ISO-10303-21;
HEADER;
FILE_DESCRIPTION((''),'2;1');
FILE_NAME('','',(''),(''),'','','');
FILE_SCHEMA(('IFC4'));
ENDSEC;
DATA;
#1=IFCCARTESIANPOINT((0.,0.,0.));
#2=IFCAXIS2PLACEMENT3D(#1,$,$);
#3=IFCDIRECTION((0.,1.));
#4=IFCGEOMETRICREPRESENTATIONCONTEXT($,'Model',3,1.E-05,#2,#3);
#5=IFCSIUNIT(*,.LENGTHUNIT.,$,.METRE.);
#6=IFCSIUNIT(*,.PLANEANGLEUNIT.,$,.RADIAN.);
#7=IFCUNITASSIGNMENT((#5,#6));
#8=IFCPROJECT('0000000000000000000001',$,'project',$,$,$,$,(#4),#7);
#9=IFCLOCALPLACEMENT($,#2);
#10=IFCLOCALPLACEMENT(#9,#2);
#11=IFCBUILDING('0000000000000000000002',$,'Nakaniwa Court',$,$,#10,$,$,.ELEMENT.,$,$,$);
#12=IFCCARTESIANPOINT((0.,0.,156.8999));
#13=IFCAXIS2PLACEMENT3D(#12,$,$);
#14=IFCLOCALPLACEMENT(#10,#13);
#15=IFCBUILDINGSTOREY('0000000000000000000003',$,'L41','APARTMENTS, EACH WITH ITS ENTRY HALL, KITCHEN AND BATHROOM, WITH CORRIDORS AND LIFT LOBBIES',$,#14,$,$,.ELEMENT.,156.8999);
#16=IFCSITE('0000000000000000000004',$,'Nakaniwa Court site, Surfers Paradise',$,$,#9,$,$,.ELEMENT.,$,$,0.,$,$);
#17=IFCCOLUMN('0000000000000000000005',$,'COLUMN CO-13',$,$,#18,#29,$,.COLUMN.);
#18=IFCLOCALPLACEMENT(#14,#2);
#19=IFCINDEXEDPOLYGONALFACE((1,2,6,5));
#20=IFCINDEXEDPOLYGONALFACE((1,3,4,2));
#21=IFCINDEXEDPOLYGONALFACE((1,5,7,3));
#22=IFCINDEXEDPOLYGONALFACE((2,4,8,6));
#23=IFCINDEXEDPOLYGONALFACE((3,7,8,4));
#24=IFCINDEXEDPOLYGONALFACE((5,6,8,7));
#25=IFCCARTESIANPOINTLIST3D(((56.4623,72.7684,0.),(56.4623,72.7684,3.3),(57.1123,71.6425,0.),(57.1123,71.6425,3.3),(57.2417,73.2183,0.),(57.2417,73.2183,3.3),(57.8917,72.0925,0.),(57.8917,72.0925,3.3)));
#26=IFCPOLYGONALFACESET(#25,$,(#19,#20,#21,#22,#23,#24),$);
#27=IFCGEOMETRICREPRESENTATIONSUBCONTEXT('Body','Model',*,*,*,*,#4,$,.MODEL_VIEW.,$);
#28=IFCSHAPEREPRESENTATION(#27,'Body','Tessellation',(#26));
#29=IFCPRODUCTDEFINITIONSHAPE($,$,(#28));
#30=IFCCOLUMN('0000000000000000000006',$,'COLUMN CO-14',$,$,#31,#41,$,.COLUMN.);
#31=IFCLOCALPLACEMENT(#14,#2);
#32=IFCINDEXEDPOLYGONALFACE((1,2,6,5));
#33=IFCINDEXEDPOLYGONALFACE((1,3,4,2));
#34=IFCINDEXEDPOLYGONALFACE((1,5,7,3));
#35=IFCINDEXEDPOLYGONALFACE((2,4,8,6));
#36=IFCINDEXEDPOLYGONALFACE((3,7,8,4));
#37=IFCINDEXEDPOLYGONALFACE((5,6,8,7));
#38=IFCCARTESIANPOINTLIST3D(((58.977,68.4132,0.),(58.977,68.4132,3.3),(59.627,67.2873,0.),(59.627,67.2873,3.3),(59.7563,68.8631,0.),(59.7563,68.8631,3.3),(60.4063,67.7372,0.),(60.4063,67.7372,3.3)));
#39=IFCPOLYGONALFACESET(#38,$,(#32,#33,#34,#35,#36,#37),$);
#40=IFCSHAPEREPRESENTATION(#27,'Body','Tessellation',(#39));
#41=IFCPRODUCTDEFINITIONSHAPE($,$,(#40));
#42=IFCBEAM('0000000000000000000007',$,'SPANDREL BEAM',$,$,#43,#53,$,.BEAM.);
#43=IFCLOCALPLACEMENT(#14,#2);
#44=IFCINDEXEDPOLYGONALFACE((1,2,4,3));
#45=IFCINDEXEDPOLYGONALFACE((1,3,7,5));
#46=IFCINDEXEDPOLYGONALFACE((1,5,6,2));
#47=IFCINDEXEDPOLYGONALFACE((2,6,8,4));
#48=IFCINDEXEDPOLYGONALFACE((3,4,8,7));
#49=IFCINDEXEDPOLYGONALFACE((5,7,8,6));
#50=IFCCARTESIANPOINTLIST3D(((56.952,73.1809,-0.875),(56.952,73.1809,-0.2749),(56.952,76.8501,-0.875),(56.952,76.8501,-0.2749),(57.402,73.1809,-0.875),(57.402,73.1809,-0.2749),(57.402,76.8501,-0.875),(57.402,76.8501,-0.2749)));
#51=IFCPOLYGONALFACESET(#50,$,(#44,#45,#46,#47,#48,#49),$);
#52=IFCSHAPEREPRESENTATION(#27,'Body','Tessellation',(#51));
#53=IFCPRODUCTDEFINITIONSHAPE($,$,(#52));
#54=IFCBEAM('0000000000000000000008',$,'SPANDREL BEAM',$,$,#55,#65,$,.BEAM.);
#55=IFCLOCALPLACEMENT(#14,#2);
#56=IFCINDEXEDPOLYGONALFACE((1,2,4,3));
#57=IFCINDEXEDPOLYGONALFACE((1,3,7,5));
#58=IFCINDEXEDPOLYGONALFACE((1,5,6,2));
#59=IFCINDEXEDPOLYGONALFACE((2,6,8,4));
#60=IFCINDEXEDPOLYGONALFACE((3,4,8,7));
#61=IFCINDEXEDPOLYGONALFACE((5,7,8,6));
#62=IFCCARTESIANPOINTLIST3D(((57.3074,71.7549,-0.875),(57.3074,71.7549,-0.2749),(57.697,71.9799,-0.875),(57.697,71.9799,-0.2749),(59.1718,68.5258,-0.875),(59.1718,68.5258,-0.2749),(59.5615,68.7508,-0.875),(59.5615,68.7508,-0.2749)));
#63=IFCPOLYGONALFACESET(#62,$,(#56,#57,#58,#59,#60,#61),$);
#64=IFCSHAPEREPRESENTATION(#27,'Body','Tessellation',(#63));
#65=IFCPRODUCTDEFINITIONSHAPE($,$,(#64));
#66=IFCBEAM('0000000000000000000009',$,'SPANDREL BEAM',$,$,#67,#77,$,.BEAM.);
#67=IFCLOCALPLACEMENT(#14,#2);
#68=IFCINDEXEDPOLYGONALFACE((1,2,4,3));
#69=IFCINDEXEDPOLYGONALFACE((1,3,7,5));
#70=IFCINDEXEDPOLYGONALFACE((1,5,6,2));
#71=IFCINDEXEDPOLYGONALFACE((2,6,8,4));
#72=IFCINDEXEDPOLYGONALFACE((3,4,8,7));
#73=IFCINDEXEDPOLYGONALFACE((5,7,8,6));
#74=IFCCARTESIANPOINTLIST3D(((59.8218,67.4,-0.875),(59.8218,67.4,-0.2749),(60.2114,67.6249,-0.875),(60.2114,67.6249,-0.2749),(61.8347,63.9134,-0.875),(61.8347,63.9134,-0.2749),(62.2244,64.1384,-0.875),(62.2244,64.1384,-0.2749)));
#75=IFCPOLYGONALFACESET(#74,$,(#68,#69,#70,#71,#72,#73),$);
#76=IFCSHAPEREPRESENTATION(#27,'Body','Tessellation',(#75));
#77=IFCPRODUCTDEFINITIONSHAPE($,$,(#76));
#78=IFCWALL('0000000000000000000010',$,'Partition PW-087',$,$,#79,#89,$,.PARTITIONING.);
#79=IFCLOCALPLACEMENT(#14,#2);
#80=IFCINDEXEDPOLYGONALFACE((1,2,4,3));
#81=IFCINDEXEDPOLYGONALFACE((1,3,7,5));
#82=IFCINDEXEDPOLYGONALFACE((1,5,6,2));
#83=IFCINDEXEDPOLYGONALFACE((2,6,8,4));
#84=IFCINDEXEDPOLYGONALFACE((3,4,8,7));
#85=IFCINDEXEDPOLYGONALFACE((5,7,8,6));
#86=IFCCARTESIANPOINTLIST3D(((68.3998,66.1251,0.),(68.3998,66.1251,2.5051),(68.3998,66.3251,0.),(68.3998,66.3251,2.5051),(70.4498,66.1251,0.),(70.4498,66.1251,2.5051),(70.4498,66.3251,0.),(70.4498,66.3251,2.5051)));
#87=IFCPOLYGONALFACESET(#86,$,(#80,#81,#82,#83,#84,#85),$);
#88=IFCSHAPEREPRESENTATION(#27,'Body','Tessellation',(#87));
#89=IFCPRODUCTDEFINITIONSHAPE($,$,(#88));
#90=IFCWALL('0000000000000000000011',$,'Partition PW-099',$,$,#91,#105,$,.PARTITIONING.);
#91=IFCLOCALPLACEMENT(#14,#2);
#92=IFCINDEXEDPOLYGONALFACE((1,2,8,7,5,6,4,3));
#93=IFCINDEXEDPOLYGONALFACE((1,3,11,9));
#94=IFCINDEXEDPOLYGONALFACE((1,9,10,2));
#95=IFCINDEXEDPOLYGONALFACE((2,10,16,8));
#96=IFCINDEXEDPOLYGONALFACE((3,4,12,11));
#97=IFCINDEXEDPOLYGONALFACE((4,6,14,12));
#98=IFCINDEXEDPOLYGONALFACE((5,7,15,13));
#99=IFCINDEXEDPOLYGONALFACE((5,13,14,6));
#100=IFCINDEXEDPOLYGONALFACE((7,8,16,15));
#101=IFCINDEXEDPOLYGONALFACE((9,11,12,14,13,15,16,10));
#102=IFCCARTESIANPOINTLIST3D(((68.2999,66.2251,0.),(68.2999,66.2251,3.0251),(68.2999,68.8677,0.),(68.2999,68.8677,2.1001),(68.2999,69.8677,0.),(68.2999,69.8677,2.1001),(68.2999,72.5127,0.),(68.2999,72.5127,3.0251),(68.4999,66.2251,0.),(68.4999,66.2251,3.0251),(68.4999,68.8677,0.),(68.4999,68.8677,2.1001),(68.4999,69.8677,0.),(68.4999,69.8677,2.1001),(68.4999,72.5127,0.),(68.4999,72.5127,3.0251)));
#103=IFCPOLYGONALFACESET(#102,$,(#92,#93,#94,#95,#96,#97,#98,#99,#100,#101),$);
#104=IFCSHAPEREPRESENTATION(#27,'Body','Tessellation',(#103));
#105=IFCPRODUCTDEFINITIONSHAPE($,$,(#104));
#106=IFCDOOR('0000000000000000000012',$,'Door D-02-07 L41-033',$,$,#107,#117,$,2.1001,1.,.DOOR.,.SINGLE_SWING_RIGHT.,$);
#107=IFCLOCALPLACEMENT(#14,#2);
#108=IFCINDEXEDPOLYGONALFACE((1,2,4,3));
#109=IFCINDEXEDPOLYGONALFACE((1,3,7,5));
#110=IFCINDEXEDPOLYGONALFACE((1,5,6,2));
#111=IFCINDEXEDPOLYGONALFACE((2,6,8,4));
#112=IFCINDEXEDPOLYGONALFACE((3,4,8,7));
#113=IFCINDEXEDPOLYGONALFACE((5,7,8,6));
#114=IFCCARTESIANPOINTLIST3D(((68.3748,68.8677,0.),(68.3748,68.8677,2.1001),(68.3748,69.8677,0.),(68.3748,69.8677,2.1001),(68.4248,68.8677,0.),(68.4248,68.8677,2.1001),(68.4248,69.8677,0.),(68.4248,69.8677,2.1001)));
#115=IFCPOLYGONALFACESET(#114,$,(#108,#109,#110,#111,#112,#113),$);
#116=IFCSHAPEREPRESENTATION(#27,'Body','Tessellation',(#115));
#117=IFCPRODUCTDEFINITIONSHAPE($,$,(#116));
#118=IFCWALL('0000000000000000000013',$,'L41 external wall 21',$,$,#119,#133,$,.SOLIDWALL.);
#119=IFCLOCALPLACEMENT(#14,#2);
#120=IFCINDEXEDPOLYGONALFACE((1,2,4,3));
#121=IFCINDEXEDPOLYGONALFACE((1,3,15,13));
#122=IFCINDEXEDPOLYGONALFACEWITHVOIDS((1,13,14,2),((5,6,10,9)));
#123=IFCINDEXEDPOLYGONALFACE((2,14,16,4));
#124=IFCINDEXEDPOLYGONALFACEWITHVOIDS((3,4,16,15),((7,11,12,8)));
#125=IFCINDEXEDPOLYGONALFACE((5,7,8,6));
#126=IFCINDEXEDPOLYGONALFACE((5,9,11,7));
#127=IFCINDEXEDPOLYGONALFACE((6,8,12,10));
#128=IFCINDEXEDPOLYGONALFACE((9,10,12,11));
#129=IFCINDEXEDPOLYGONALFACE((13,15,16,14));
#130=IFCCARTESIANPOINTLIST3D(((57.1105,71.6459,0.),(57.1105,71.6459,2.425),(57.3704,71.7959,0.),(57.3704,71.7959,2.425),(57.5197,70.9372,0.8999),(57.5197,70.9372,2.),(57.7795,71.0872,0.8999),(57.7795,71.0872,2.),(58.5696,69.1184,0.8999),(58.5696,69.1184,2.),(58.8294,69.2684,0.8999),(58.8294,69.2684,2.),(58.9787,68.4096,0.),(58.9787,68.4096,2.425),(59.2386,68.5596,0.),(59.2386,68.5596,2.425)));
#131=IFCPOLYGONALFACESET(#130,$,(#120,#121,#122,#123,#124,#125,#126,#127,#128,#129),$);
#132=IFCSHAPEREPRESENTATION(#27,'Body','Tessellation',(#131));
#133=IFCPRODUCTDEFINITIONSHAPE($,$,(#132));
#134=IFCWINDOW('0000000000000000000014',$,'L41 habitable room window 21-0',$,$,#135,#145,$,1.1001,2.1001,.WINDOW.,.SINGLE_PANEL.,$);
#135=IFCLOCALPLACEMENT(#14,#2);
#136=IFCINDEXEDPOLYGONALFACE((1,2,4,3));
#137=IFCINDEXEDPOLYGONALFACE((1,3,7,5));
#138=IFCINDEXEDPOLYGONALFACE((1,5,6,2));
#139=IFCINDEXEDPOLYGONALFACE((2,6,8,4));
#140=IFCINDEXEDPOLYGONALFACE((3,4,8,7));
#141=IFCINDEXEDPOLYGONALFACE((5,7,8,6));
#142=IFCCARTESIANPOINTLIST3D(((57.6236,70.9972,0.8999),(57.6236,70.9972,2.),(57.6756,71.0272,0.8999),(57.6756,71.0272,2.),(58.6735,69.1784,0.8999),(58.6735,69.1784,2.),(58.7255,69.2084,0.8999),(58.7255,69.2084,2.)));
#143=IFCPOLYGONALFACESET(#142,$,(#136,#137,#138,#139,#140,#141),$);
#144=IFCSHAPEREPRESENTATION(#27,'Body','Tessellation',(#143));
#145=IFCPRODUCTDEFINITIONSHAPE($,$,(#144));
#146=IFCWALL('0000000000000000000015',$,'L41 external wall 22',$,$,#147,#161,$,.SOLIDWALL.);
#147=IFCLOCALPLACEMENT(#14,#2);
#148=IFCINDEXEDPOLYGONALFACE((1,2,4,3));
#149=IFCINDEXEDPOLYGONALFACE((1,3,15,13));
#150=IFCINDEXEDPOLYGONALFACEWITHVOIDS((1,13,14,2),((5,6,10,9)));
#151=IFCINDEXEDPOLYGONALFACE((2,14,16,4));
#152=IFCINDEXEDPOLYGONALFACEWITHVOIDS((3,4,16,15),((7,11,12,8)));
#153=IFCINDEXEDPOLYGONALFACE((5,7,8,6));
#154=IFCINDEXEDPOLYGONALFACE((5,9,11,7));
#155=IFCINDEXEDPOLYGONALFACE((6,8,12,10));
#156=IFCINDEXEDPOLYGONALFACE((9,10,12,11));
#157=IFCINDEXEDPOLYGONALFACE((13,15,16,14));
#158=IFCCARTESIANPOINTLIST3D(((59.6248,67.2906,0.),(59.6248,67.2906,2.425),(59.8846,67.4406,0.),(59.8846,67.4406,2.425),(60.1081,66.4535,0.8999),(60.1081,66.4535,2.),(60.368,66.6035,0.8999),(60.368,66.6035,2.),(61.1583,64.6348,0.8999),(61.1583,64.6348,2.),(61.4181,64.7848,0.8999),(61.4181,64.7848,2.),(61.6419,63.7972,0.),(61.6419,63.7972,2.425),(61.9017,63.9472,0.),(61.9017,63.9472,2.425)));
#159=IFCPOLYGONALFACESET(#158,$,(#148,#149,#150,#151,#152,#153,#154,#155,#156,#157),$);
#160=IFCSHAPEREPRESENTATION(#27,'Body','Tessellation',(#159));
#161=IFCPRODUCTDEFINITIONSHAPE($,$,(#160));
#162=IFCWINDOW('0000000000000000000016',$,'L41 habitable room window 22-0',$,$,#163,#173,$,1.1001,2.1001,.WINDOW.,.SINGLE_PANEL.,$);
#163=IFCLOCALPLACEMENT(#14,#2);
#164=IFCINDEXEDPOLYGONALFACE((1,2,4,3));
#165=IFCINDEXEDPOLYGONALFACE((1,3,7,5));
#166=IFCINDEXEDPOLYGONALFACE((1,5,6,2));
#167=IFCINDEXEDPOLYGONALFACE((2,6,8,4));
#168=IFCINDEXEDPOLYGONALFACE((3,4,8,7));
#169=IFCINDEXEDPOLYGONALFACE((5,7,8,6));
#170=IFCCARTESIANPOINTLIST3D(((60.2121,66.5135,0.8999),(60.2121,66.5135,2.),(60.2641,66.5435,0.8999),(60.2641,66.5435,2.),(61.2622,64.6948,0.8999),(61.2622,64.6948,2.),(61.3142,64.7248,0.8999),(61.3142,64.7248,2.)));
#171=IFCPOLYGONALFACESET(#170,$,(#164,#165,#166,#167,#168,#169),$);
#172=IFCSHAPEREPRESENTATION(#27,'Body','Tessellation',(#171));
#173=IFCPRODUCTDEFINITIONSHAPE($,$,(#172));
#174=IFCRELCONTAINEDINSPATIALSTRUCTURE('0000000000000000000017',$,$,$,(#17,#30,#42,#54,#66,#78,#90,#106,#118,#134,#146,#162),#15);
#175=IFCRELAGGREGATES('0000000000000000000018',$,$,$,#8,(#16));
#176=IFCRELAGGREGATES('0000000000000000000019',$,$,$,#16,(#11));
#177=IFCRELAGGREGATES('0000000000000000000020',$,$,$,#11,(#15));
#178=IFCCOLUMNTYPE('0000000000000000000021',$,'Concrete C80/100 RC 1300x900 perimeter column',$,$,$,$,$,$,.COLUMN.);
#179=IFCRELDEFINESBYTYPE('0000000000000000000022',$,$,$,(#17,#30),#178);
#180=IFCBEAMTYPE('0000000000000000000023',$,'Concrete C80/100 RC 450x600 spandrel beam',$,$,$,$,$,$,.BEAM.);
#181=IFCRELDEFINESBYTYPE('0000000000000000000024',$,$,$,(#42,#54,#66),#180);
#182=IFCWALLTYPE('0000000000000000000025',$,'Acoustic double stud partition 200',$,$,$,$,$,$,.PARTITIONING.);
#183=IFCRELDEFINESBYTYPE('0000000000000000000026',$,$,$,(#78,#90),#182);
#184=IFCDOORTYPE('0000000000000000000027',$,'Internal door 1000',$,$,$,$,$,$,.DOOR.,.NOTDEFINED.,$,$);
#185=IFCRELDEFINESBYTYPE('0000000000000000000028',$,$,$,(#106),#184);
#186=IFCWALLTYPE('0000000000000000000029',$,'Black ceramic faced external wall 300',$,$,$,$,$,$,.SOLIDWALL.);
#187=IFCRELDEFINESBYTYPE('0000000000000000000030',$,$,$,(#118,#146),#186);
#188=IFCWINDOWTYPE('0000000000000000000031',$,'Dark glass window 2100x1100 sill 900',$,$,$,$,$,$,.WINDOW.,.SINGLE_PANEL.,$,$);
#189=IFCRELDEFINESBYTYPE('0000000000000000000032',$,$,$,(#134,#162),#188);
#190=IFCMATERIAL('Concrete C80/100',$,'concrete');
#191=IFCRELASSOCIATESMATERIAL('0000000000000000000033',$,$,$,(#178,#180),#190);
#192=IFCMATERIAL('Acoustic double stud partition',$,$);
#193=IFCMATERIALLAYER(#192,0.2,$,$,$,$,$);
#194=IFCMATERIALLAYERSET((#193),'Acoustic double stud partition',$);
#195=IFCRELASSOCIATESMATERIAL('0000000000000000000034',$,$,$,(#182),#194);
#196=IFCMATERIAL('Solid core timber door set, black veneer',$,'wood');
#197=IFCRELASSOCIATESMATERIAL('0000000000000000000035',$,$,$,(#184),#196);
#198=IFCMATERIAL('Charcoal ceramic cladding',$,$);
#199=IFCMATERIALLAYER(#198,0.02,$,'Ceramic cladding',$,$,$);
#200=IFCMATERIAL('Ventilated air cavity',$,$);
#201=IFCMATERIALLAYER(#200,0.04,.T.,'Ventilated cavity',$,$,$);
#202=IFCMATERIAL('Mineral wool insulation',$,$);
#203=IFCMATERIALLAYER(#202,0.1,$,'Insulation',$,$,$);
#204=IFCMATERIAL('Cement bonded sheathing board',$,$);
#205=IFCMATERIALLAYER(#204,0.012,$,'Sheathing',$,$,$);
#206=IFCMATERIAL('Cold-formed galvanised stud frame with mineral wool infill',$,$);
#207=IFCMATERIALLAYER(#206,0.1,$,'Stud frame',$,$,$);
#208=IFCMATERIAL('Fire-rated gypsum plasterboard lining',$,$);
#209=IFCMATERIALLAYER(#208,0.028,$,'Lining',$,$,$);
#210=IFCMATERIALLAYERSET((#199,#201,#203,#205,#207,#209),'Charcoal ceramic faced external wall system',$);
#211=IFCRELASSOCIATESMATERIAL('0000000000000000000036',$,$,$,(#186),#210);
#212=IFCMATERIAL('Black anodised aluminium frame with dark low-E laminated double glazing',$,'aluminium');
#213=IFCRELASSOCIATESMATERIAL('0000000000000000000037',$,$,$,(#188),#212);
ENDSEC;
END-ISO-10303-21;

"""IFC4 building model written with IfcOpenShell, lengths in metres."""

from ifc_helpers import new_model, si_unit, direction, frame, frame_2d, origin, origin_2d, place, context, subcontext, project, spatial, rectangle, extrude, material, layer, layer_set, material_profile, profile_set, type_object, element, fill, save


model = new_model("IFC4")

# Units and contexts
model_context = context("Model", 3, precision=1e-05, world=origin(), true_north=direction((0.0, 1.0)))
body_context = subcontext(model_context, "Body", "Model", "MODEL_VIEW")
ifc_project = project(units=[si_unit("LENGTHUNIT", "METRE"), si_unit("PLANEANGLEUNIT", "RADIAN")], contexts=[model_context])

# Site, building, storey
site_placement = place(None, origin())
site = spatial("IfcSite", under=ifc_project, at=site_placement, Name="Nakaniwa Court site, Surfers Paradise", CompositionType="ELEMENT", RefElevation=0.0)
building_placement = place(site_placement, origin())
building = spatial("IfcBuilding", under=site, at=building_placement, Name="Nakaniwa Court", CompositionType="ELEMENT")
storey_placement = place(building_placement, frame((0.0, 0.0, 156.8999)))
storey = spatial("IfcBuildingStorey", under=building, at=storey_placement, Name="L41", Description="APARTMENTS, EACH WITH ITS ENTRY HALL, KITCHEN AND BATHROOM, WITH CORRIDORS AND LIFT LOBBIES", CompositionType="ELEMENT", Elevation=156.8999)

# Columns
ifc_material_1 = material(Name="Concrete C80/100", Category="concrete")
ifc_material_profile_1 = material_profile(ifc_material_1, rectangle(XDim=1.3, YDim=0.8999, at=origin_2d()), Name="Concrete C80/100 RC 1300x900 perimeter column")
ifc_profile_set_1 = profile_set([ifc_material_profile_1], Name="Concrete C80/100")
column_type = type_object("IfcColumnType", Name="Concrete C80/100 RC 1300x900 perimeter column", PredefinedType="COLUMN", material=ifc_profile_set_1)
for number, where, z_axis, x_axis, name in (
    (1, (57.177, 72.4304, 0.0), (0.0, 0.0, 1.0), (0.5, -0.866025, 0.0), "COLUMN CO-13"),
    (2, (59.6917, 68.0752, 0.0), (0.0, 0.0, 1.0), (0.5, -0.866025, 0.0), "COLUMN CO-14"),
):
    element("IfcColumn", number, at=place(storey_placement, frame(where, z_axis=z_axis, x_axis=x_axis)), inside=storey, type_object=column_type, Name=name, PredefinedType="COLUMN", context=body_context, shape_type="SweptSolid", body=[
        extrude(rectangle(XDim=1.3, YDim=0.8999, at=origin_2d()), origin(), (0.0, 0.0, 1.0), 3.3),
    ])

# Beams
ifc_material_profile_2 = material_profile(ifc_material_1, rectangle(XDim=0.45, YDim=0.6001, at=origin_2d()), Name="Concrete C80/100 RC 450x600 spandrel beam")
ifc_profile_set_2 = profile_set([ifc_material_profile_2], Name="Concrete C80/100")
beam_type = type_object("IfcBeamType", Name="Concrete C80/100 RC 450x600 spandrel beam", PredefinedType="BEAM", material=ifc_profile_set_2)
beam_1_placement = place(storey_placement, frame((57.177, 76.8501, -0.575), z_axis=(0.0, -1.0, 0.0), x_axis=(1.0, 0.0, 0.0)))
element("IfcBeam", 3, at=beam_1_placement, inside=storey, type_object=beam_type, Name="SPANDREL BEAM", PredefinedType="BEAM", context=body_context, shape_type="SweptSolid", body=[
    extrude(rectangle(XDim=0.45, YDim=0.6001, at=origin_2d()), origin(), (0.0, 0.0, 1.0), 3.6692),
])
beam_2_placement = place(storey_placement, frame((57.5022, 71.8674, -0.575), z_axis=(0.500019, -0.866014, 0.0), x_axis=(0.866014, 0.500019, 0.0)))
element("IfcBeam", 4, at=beam_2_placement, inside=storey, type_object=beam_type, Name="SPANDREL BEAM", PredefinedType="BEAM", context=body_context, shape_type="SweptSolid", body=[
    extrude(rectangle(XDim=0.45, YDim=0.6001, at=origin_2d()), origin(), (0.0, 0.0, 1.0), 3.7288),
])
beam_3_placement = place(storey_placement, frame((60.0166, 67.5125, -0.575), z_axis=(0.499994, -0.866029, 0.0), x_axis=(0.866029, 0.499994, 0.0)))
element("IfcBeam", 5, at=beam_3_placement, inside=storey, type_object=beam_type, Name="SPANDREL BEAM", PredefinedType="BEAM", context=body_context, shape_type="SweptSolid", body=[
    extrude(rectangle(XDim=0.45, YDim=0.6001, at=origin_2d()), origin(), (0.0, 0.0, 1.0), 4.0259),
])

# Wall
ifc_material_2 = material(Name="Acoustic double stud partition")
ifc_layer_1 = layer(ifc_material_2, 0.2)
ifc_layer_set_1 = layer_set([ifc_layer_1], Name="Acoustic double stud partition")
wall_type_1 = type_object("IfcWallType", Name="Acoustic double stud partition 200", PredefinedType="PARTITIONING", material=ifc_layer_set_1)
wall_1_placement = place(storey_placement, frame((68.3999, 66.2251, 0.0), z_axis=(0.0, 0.0, 1.0), x_axis=(1.0, 0.0, 0.0)))
element("IfcWall", 6, at=wall_1_placement, inside=storey, type_object=wall_type_1, Name="Partition PW-087", PredefinedType="PARTITIONING", context=body_context, shape_type="SweptSolid", body=[
    extrude(rectangle(XDim=2.05, YDim=0.2, at=frame_2d((1.0249, 0.0))), origin(), (0.0, 0.0, 1.0), 2.5051),
])

# Wall, opening, door
wall_2_placement = place(storey_placement, frame((68.3999, 72.5127, 0.0), z_axis=(0.0, 0.0, 1.0), x_axis=(0.0, -1.0, 0.0)))
wall_2 = element("IfcWall", 7, at=wall_2_placement, inside=storey, type_object=wall_type_1, Name="Partition PW-099", PredefinedType="PARTITIONING", context=body_context, shape_type="SweptSolid", body=[
    extrude(rectangle(XDim=6.2876, YDim=0.2, at=frame_2d((3.1438, 0.0))), origin(), (0.0, 0.0, 1.0), 3.0251),
])
opening_1_placement = place(wall_2_placement, frame((2.645, 0.0, 0.0)))
opening_1 = element("IfcOpeningElement", 8, at=opening_1_placement, cuts=wall_2, PredefinedType="OPENING", context=body_context, shape_type="SweptSolid", body=[
    extrude(rectangle(XDim=1.0, YDim=2.1001, at=frame_2d((0.5, 1.05))), frame((0.0, 0.1099, 0.0), z_axis=(0.0, -1.0, 0.0), x_axis=(1.0, 0.0, 0.0)), (0.0, 0.0, 1.0), 0.22),
])
ifc_material_3 = material(Name="Solid core timber door set, black veneer", Category="wood")
door_type_1 = type_object("IfcDoorType", Name="Internal door 1000", OperationType="NOTDEFINED", PredefinedType="DOOR", material=ifc_material_3)
door_1_placement = place(opening_1_placement, origin())
door_1 = element("IfcDoor", 9, at=door_1_placement, inside=storey, type_object=door_type_1, Name="Door D-02-07 L41-033", OperationType="SINGLE_SWING_RIGHT", OverallHeight=2.1001, OverallWidth=1.0, PredefinedType="DOOR", context=body_context, shape_type="SweptSolid", body=[
    extrude(rectangle(XDim=1.0, YDim=2.1001, at=frame_2d((0.5, 1.05))), frame((0.0, 0.0249, 0.0), z_axis=(0.0, -1.0, 0.0), x_axis=(1.0, 0.0, 0.0)), (0.0, 0.0, 1.0), 0.05),
])
fill(opening_1, door_1)

# Walls, openings, windows
ifc_material_4 = material(Name="Charcoal ceramic cladding")
ifc_layer_2 = layer(ifc_material_4, 0.02, Name="Ceramic cladding")
ifc_material_5 = material(Name="Ventilated air cavity")
ifc_layer_3 = layer(ifc_material_5, 0.04, ventilated=True, Name="Ventilated cavity")
ifc_material_6 = material(Name="Mineral wool insulation")
ifc_layer_4 = layer(ifc_material_6, 0.1, Name="Insulation")
ifc_material_7 = material(Name="Cement bonded sheathing board")
ifc_layer_5 = layer(ifc_material_7, 0.012, Name="Sheathing")
ifc_material_8 = material(Name="Cold-formed galvanised stud frame with mineral wool infill")
ifc_layer_6 = layer(ifc_material_8, 0.1, Name="Stud frame")
ifc_material_9 = material(Name="Fire-rated gypsum plasterboard lining")
ifc_layer_7 = layer(ifc_material_9, 0.028, Name="Lining")
ifc_layer_set_2 = layer_set([ifc_layer_2, ifc_layer_3, ifc_layer_4, ifc_layer_5, ifc_layer_6, ifc_layer_7], Name="Charcoal ceramic faced external wall system")
wall_type_2 = type_object("IfcWallType", Name="Black ceramic faced external wall 300", PredefinedType="SOLIDWALL", material=ifc_layer_set_2)
wall_3_placement = place(storey_placement, frame((57.2405, 71.7209, 0.0), z_axis=(0.0, 0.0, 1.0), x_axis=(0.499934, -0.866064, 0.0)))
wall_3 = element("IfcWall", 10, at=wall_3_placement, inside=storey, type_object=wall_type_2, Name="L41 external wall 21", PredefinedType="SOLIDWALL", context=body_context, shape_type="SweptSolid", body=[
    extrude(rectangle(XDim=3.7368, YDim=0.3, at=frame_2d((1.8684, 0.0))), origin(), (0.0, 0.0, 1.0), 2.425),
])
opening_2_placement = place(wall_3_placement, frame((0.8184, 0.0, 0.8999)))
opening_2 = element("IfcOpeningElement", 11, at=opening_2_placement, cuts=wall_3, PredefinedType="OPENING", context=body_context, shape_type="SweptSolid", body=[
    extrude(rectangle(XDim=2.1001, YDim=1.1001, at=frame_2d((1.05, 0.55))), frame((0.0, 0.1599, 0.0), z_axis=(0.0, -1.0, 0.0), x_axis=(1.0, 0.0, 0.0)), (0.0, 0.0, 1.0), 0.3201),
])
ifc_material_10 = material(Name="Black anodised aluminium frame with dark low-E laminated double glazing", Category="aluminium")
window_type = type_object("IfcWindowType", Name="Dark glass window 2100x1100 sill 900", PartitioningType="SINGLE_PANEL", PredefinedType="WINDOW", material=ifc_material_10)
window_1_placement = place(opening_2_placement, origin())
window_1 = element("IfcWindow", 12, at=window_1_placement, inside=storey, type_object=window_type, Name="L41 habitable room window 21-0", OverallHeight=1.1001, OverallWidth=2.1001, PartitioningType="SINGLE_PANEL", PredefinedType="WINDOW", context=body_context, shape_type="SweptSolid", body=[
    extrude(rectangle(XDim=2.1001, YDim=1.1001, at=frame_2d((1.05, 0.55))), frame((0.0, 0.03, 0.0), z_axis=(0.0, -1.0, 0.0), x_axis=(1.0, 0.0, 0.0)), (0.0, 0.0, 1.0), 0.0601),
])
fill(opening_2, window_1)
wall_4_placement = place(storey_placement, frame((59.7546, 67.3657, 0.0), z_axis=(0.0, 0.0, 1.0), x_axis=(0.500032, -0.866007, 0.0)))
wall_4 = element("IfcWall", 13, at=wall_4_placement, inside=storey, type_object=wall_type_2, Name="L41 external wall 22", PredefinedType="SOLIDWALL", context=body_context, shape_type="SweptSolid", body=[
    extrude(rectangle(XDim=4.0339, YDim=0.3, at=frame_2d((2.0171, 0.0))), origin(), (0.0, 0.0, 1.0), 2.425),
])
opening_3_placement = place(wall_4_placement, frame((0.9668, 0.0, 0.8999)))
opening_3 = element("IfcOpeningElement", 14, at=opening_3_placement, cuts=wall_4, PredefinedType="OPENING", context=body_context, shape_type="SweptSolid", body=[
    extrude(rectangle(XDim=2.1001, YDim=1.1001, at=frame_2d((1.05, 0.55))), frame((0.0, 0.1599, 0.0), z_axis=(0.0, -1.0, 0.0), x_axis=(1.0, 0.0, 0.0)), (0.0, 0.0, 1.0), 0.3201),
])
window_2_placement = place(opening_3_placement, origin())
window_2 = element("IfcWindow", 15, at=window_2_placement, inside=storey, type_object=window_type, Name="L41 habitable room window 22-0", OverallHeight=1.1001, OverallWidth=2.1001, PartitioningType="SINGLE_PANEL", PredefinedType="WINDOW", context=body_context, shape_type="SweptSolid", body=[
    extrude(rectangle(XDim=2.1001, YDim=1.1001, at=frame_2d((1.05, 0.55))), frame((0.0, 0.03, 0.0), z_axis=(0.0, -1.0, 0.0), x_axis=(1.0, 0.0, 0.0)), (0.0, 0.0, 1.0), 0.0601),
])
fill(opening_3, window_2)

save(model, "model.ifc")
